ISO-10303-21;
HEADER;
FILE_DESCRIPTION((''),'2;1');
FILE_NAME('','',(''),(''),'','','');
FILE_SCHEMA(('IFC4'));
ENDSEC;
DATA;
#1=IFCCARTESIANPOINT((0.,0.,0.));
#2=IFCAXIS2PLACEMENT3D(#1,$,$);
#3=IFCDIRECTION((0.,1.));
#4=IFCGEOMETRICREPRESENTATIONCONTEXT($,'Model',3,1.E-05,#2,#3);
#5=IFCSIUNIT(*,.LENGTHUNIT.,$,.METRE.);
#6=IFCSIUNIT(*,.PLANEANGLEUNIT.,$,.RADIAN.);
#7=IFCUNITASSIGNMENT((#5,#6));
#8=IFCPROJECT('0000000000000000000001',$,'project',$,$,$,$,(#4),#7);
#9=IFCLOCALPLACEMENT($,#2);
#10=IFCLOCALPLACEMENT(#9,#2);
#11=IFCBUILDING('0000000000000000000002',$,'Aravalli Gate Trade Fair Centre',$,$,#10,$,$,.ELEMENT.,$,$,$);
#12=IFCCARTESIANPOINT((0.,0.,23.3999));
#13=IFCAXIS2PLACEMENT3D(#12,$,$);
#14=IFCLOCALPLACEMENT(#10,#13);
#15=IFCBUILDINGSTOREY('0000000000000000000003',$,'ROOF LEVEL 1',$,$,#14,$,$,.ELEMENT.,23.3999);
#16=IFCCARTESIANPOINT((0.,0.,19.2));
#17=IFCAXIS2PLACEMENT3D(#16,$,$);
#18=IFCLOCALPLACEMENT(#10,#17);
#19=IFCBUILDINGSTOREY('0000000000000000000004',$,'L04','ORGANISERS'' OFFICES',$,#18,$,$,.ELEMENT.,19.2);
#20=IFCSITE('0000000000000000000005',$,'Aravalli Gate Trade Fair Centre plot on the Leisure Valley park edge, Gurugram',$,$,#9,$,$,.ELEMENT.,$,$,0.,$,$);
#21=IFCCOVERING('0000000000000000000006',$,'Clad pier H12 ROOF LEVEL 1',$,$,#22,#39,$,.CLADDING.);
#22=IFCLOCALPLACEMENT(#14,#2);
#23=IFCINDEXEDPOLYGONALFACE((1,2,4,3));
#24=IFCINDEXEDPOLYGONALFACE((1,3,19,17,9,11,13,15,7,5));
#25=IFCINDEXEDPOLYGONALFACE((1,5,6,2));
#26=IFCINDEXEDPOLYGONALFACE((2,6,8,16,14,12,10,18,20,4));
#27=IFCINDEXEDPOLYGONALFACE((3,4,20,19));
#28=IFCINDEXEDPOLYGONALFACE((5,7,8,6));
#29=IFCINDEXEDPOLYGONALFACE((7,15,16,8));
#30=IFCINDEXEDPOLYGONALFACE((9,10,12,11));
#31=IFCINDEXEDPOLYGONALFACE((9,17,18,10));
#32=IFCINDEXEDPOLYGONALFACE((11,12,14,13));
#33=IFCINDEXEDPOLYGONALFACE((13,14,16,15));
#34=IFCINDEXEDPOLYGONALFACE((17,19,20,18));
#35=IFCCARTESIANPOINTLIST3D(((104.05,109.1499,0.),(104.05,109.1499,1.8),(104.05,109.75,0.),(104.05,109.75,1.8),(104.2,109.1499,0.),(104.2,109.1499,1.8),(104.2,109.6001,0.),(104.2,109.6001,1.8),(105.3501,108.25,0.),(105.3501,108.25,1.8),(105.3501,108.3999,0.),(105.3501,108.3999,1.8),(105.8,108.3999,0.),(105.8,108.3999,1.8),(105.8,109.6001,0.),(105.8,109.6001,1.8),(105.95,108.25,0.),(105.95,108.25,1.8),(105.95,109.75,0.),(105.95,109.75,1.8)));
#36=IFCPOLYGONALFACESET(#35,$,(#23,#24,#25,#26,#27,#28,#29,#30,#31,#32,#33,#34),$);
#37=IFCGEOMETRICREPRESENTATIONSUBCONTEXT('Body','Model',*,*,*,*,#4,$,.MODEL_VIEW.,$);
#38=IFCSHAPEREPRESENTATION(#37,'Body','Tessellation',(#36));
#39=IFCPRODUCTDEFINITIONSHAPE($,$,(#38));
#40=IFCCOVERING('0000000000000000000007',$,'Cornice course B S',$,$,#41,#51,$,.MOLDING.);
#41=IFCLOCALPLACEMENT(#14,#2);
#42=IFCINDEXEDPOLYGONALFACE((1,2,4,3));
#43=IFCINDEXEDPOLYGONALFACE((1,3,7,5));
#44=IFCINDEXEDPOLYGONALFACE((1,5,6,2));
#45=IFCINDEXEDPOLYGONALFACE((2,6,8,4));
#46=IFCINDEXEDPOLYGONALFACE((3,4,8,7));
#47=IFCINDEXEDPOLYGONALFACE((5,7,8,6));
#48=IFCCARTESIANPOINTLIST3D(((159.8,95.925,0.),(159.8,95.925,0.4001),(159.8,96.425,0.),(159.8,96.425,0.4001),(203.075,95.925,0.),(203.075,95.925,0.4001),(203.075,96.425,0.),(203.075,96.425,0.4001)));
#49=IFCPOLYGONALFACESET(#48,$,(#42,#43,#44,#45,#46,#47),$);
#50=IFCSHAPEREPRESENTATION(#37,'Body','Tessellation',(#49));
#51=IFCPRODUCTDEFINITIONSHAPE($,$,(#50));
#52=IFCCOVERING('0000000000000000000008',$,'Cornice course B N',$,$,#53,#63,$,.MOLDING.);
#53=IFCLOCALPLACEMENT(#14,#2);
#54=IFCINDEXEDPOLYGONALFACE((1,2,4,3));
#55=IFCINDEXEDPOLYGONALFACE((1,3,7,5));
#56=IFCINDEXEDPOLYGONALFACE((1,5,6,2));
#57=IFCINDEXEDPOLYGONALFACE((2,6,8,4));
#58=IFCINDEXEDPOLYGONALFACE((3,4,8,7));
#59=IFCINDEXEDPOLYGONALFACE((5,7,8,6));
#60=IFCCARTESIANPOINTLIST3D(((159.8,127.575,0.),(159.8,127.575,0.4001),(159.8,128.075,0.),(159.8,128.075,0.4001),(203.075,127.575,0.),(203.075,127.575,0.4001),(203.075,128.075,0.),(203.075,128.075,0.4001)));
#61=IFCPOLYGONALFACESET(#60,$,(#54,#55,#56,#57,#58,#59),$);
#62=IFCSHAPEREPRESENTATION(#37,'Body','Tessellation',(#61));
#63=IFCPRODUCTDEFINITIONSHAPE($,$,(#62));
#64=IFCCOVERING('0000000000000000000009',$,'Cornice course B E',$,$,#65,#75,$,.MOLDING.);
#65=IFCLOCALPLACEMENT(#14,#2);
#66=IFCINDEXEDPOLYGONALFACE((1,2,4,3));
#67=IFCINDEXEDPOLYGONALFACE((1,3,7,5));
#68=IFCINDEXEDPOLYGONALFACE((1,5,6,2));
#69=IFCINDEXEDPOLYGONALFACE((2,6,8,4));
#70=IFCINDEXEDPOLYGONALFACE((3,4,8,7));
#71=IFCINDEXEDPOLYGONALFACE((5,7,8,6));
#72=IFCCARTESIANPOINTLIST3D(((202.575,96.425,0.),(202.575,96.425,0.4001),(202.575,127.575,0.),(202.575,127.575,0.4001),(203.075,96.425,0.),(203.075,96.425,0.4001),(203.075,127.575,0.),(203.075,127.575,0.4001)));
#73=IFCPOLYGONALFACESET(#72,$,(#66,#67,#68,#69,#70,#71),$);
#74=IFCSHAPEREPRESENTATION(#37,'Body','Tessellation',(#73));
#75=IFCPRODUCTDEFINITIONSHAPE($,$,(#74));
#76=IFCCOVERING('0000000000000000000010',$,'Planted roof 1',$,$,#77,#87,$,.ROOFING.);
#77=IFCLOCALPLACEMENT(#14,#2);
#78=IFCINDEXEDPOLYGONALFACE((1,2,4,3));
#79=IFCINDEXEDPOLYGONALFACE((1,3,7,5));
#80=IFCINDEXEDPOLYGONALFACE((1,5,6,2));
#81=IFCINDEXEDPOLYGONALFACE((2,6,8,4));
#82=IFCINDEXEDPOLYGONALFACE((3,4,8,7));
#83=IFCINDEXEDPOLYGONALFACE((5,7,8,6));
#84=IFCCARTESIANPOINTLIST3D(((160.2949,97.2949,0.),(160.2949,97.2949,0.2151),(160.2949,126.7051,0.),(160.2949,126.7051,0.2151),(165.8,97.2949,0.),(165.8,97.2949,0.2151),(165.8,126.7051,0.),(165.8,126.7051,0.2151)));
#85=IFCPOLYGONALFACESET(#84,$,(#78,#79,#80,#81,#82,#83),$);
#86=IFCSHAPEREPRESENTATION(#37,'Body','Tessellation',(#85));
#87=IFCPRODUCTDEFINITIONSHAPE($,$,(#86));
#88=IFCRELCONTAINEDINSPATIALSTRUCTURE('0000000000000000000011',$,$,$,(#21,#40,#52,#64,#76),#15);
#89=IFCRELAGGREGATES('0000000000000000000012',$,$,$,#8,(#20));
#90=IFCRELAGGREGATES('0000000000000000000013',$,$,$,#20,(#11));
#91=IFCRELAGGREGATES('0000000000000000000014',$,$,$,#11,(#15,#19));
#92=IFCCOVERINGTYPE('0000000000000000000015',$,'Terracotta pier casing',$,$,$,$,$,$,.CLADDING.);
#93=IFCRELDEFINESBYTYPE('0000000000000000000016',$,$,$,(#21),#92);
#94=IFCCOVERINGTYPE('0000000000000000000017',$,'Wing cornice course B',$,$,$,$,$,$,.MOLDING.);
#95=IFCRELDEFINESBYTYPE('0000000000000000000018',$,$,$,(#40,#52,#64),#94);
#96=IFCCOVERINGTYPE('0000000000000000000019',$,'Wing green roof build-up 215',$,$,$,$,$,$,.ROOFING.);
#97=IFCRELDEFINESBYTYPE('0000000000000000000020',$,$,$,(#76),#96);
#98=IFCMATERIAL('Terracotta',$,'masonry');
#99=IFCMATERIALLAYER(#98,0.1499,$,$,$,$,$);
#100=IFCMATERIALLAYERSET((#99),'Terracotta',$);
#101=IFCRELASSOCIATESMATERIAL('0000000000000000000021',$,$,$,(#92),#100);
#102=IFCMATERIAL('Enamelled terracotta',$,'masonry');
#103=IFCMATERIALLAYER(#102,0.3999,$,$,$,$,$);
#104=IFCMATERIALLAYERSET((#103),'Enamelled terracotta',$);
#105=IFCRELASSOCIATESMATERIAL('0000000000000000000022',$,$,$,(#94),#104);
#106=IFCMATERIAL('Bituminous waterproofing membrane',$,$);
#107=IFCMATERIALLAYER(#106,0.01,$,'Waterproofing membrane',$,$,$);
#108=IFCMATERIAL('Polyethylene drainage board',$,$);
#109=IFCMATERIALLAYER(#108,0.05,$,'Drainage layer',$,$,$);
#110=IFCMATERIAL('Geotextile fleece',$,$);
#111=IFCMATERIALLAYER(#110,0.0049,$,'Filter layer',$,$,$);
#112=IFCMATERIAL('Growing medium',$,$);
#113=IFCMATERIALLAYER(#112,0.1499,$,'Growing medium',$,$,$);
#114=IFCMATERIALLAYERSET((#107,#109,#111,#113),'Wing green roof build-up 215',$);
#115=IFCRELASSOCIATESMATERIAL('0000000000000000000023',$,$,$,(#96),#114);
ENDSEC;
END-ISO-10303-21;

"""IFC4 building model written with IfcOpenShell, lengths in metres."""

from ifc_helpers import new_model, si_unit, direction, frame, origin, place, context, subcontext, project, spatial, polyline, outline, extrude, material, layer, layer_set, type_object, element, save


model = new_model("IFC4")

# Units and contexts
model_context = context("Model", 3, precision=1e-05, world=origin(), true_north=direction((0.0, 1.0)))
body_context = subcontext(model_context, "Body", "Model", "MODEL_VIEW")
ifc_project = project(units=[si_unit("LENGTHUNIT", "METRE"), si_unit("PLANEANGLEUNIT", "RADIAN")], contexts=[model_context])

# Site, building, storey
site_placement = place(None, origin())
site = spatial("IfcSite", under=ifc_project, at=site_placement, Name="Aravalli Gate Trade Fair Centre plot on the Leisure Valley park edge, Gurugram", CompositionType="ELEMENT", RefElevation=0.0)
building_placement = place(site_placement, origin())
building = spatial("IfcBuilding", under=site, at=building_placement, Name="Aravalli Gate Trade Fair Centre", CompositionType="ELEMENT")
storey_1_placement = place(building_placement, frame((0.0, 0.0, 23.3999)))
storey_1 = spatial("IfcBuildingStorey", under=building, at=storey_1_placement, Name="ROOF LEVEL 1", CompositionType="ELEMENT", Elevation=23.3999)

# Shared definitions
storey_2_placement = place(building_placement, frame((0.0, 0.0, 19.2)))
storey_2 = spatial("IfcBuildingStorey", under=building, at=storey_2_placement, Name="L04", Description="ORGANISERS' OFFICES", CompositionType="ELEMENT", Elevation=19.2)

# Coverings
ifc_material_1 = material(Name="Terracotta", Category="masonry")
ifc_layer_1 = layer(ifc_material_1, 0.1499)
ifc_layer_set_1 = layer_set([ifc_layer_1], Name="Terracotta")
covering_type_1 = type_object("IfcCoveringType", Name="Terracotta pier casing", PredefinedType="CLADDING", material=ifc_layer_set_1)
covering_1_placement = place(storey_1_placement, origin())
element("IfcCovering", 1, at=covering_1_placement, inside=storey_1, type_object=covering_type_1, Name="Clad pier H12 ROOF LEVEL 1", PredefinedType="CLADDING", context=body_context, shape_type="SweptSolid", body=[
    extrude(outline(polyline([(104.05, 109.75), (105.95, 109.75), (105.95, 108.25), (105.3501, 108.25), (105.3501, 108.3999), (105.8, 108.3999), (105.8, 109.6001), (104.2, 109.6001), (104.2, 109.1499), (104.05, 109.1499), (104.05, 109.75)])), origin(), (0.0, 0.0, 1.0), 1.8),
])
ifc_material_2 = material(Name="Enamelled terracotta", Category="masonry")
ifc_layer_2 = layer(ifc_material_2, 0.3999)
ifc_layer_set_2 = layer_set([ifc_layer_2], Name="Enamelled terracotta")
covering_type_2 = type_object("IfcCoveringType", Name="Wing cornice course B", PredefinedType="MOLDING", material=ifc_layer_set_2)
covering_2_placement = place(storey_1_placement, origin())
element("IfcCovering", 2, at=covering_2_placement, inside=storey_1, type_object=covering_type_2, Name="Cornice course B S", PredefinedType="MOLDING", context=body_context, shape_type="SweptSolid", body=[
    extrude(outline(polyline([(159.8, 95.925), (203.075, 95.925), (203.075, 96.425), (159.8, 96.425), (159.8, 95.925)])), origin(), (0.0, 0.0, 1.0), 0.4001),
])
covering_3_placement = place(storey_1_placement, origin())
element("IfcCovering", 3, at=covering_3_placement, inside=storey_1, type_object=covering_type_2, Name="Cornice course B N", PredefinedType="MOLDING", context=body_context, shape_type="SweptSolid", body=[
    extrude(outline(polyline([(159.8, 127.575), (203.075, 127.575), (203.075, 128.075), (159.8, 128.075), (159.8, 127.575)])), origin(), (0.0, 0.0, 1.0), 0.4001),
])
covering_4_placement = place(storey_1_placement, origin())
element("IfcCovering", 4, at=covering_4_placement, inside=storey_1, type_object=covering_type_2, Name="Cornice course B E", PredefinedType="MOLDING", context=body_context, shape_type="SweptSolid", body=[
    extrude(outline(polyline([(202.575, 96.425), (203.075, 96.425), (203.075, 127.575), (202.575, 127.575), (202.575, 96.425)])), origin(), (0.0, 0.0, 1.0), 0.4001),
])
ifc_material_3 = material(Name="Bituminous waterproofing membrane")
ifc_layer_3 = layer(ifc_material_3, 0.01, Name="Waterproofing membrane")
ifc_material_4 = material(Name="Polyethylene drainage board")
ifc_layer_4 = layer(ifc_material_4, 0.05, Name="Drainage layer")
ifc_material_5 = material(Name="Geotextile fleece")
ifc_layer_5 = layer(ifc_material_5, 0.0049, Name="Filter layer")
ifc_material_6 = material(Name="Growing medium")
ifc_layer_6 = layer(ifc_material_6, 0.1499, Name="Growing medium")
ifc_layer_set_3 = layer_set([ifc_layer_3, ifc_layer_4, ifc_layer_5, ifc_layer_6], Name="Wing green roof build-up 215")
covering_type_3 = type_object("IfcCoveringType", Name="Wing green roof build-up 215", PredefinedType="ROOFING", material=ifc_layer_set_3)
covering_5_placement = place(storey_1_placement, origin())
element("IfcCovering", 5, at=covering_5_placement, inside=storey_1, type_object=covering_type_3, Name="Planted roof 1", PredefinedType="ROOFING", context=body_context, shape_type="SweptSolid", body=[
    extrude(outline(polyline([(160.2949, 126.7051), (165.8, 126.7051), (165.8, 97.2949), (160.2949, 97.2949), (160.2949, 126.7051)])), origin(), (0.0, 0.0, 1.0), 0.2151),
])

save(model, "model.ifc")
